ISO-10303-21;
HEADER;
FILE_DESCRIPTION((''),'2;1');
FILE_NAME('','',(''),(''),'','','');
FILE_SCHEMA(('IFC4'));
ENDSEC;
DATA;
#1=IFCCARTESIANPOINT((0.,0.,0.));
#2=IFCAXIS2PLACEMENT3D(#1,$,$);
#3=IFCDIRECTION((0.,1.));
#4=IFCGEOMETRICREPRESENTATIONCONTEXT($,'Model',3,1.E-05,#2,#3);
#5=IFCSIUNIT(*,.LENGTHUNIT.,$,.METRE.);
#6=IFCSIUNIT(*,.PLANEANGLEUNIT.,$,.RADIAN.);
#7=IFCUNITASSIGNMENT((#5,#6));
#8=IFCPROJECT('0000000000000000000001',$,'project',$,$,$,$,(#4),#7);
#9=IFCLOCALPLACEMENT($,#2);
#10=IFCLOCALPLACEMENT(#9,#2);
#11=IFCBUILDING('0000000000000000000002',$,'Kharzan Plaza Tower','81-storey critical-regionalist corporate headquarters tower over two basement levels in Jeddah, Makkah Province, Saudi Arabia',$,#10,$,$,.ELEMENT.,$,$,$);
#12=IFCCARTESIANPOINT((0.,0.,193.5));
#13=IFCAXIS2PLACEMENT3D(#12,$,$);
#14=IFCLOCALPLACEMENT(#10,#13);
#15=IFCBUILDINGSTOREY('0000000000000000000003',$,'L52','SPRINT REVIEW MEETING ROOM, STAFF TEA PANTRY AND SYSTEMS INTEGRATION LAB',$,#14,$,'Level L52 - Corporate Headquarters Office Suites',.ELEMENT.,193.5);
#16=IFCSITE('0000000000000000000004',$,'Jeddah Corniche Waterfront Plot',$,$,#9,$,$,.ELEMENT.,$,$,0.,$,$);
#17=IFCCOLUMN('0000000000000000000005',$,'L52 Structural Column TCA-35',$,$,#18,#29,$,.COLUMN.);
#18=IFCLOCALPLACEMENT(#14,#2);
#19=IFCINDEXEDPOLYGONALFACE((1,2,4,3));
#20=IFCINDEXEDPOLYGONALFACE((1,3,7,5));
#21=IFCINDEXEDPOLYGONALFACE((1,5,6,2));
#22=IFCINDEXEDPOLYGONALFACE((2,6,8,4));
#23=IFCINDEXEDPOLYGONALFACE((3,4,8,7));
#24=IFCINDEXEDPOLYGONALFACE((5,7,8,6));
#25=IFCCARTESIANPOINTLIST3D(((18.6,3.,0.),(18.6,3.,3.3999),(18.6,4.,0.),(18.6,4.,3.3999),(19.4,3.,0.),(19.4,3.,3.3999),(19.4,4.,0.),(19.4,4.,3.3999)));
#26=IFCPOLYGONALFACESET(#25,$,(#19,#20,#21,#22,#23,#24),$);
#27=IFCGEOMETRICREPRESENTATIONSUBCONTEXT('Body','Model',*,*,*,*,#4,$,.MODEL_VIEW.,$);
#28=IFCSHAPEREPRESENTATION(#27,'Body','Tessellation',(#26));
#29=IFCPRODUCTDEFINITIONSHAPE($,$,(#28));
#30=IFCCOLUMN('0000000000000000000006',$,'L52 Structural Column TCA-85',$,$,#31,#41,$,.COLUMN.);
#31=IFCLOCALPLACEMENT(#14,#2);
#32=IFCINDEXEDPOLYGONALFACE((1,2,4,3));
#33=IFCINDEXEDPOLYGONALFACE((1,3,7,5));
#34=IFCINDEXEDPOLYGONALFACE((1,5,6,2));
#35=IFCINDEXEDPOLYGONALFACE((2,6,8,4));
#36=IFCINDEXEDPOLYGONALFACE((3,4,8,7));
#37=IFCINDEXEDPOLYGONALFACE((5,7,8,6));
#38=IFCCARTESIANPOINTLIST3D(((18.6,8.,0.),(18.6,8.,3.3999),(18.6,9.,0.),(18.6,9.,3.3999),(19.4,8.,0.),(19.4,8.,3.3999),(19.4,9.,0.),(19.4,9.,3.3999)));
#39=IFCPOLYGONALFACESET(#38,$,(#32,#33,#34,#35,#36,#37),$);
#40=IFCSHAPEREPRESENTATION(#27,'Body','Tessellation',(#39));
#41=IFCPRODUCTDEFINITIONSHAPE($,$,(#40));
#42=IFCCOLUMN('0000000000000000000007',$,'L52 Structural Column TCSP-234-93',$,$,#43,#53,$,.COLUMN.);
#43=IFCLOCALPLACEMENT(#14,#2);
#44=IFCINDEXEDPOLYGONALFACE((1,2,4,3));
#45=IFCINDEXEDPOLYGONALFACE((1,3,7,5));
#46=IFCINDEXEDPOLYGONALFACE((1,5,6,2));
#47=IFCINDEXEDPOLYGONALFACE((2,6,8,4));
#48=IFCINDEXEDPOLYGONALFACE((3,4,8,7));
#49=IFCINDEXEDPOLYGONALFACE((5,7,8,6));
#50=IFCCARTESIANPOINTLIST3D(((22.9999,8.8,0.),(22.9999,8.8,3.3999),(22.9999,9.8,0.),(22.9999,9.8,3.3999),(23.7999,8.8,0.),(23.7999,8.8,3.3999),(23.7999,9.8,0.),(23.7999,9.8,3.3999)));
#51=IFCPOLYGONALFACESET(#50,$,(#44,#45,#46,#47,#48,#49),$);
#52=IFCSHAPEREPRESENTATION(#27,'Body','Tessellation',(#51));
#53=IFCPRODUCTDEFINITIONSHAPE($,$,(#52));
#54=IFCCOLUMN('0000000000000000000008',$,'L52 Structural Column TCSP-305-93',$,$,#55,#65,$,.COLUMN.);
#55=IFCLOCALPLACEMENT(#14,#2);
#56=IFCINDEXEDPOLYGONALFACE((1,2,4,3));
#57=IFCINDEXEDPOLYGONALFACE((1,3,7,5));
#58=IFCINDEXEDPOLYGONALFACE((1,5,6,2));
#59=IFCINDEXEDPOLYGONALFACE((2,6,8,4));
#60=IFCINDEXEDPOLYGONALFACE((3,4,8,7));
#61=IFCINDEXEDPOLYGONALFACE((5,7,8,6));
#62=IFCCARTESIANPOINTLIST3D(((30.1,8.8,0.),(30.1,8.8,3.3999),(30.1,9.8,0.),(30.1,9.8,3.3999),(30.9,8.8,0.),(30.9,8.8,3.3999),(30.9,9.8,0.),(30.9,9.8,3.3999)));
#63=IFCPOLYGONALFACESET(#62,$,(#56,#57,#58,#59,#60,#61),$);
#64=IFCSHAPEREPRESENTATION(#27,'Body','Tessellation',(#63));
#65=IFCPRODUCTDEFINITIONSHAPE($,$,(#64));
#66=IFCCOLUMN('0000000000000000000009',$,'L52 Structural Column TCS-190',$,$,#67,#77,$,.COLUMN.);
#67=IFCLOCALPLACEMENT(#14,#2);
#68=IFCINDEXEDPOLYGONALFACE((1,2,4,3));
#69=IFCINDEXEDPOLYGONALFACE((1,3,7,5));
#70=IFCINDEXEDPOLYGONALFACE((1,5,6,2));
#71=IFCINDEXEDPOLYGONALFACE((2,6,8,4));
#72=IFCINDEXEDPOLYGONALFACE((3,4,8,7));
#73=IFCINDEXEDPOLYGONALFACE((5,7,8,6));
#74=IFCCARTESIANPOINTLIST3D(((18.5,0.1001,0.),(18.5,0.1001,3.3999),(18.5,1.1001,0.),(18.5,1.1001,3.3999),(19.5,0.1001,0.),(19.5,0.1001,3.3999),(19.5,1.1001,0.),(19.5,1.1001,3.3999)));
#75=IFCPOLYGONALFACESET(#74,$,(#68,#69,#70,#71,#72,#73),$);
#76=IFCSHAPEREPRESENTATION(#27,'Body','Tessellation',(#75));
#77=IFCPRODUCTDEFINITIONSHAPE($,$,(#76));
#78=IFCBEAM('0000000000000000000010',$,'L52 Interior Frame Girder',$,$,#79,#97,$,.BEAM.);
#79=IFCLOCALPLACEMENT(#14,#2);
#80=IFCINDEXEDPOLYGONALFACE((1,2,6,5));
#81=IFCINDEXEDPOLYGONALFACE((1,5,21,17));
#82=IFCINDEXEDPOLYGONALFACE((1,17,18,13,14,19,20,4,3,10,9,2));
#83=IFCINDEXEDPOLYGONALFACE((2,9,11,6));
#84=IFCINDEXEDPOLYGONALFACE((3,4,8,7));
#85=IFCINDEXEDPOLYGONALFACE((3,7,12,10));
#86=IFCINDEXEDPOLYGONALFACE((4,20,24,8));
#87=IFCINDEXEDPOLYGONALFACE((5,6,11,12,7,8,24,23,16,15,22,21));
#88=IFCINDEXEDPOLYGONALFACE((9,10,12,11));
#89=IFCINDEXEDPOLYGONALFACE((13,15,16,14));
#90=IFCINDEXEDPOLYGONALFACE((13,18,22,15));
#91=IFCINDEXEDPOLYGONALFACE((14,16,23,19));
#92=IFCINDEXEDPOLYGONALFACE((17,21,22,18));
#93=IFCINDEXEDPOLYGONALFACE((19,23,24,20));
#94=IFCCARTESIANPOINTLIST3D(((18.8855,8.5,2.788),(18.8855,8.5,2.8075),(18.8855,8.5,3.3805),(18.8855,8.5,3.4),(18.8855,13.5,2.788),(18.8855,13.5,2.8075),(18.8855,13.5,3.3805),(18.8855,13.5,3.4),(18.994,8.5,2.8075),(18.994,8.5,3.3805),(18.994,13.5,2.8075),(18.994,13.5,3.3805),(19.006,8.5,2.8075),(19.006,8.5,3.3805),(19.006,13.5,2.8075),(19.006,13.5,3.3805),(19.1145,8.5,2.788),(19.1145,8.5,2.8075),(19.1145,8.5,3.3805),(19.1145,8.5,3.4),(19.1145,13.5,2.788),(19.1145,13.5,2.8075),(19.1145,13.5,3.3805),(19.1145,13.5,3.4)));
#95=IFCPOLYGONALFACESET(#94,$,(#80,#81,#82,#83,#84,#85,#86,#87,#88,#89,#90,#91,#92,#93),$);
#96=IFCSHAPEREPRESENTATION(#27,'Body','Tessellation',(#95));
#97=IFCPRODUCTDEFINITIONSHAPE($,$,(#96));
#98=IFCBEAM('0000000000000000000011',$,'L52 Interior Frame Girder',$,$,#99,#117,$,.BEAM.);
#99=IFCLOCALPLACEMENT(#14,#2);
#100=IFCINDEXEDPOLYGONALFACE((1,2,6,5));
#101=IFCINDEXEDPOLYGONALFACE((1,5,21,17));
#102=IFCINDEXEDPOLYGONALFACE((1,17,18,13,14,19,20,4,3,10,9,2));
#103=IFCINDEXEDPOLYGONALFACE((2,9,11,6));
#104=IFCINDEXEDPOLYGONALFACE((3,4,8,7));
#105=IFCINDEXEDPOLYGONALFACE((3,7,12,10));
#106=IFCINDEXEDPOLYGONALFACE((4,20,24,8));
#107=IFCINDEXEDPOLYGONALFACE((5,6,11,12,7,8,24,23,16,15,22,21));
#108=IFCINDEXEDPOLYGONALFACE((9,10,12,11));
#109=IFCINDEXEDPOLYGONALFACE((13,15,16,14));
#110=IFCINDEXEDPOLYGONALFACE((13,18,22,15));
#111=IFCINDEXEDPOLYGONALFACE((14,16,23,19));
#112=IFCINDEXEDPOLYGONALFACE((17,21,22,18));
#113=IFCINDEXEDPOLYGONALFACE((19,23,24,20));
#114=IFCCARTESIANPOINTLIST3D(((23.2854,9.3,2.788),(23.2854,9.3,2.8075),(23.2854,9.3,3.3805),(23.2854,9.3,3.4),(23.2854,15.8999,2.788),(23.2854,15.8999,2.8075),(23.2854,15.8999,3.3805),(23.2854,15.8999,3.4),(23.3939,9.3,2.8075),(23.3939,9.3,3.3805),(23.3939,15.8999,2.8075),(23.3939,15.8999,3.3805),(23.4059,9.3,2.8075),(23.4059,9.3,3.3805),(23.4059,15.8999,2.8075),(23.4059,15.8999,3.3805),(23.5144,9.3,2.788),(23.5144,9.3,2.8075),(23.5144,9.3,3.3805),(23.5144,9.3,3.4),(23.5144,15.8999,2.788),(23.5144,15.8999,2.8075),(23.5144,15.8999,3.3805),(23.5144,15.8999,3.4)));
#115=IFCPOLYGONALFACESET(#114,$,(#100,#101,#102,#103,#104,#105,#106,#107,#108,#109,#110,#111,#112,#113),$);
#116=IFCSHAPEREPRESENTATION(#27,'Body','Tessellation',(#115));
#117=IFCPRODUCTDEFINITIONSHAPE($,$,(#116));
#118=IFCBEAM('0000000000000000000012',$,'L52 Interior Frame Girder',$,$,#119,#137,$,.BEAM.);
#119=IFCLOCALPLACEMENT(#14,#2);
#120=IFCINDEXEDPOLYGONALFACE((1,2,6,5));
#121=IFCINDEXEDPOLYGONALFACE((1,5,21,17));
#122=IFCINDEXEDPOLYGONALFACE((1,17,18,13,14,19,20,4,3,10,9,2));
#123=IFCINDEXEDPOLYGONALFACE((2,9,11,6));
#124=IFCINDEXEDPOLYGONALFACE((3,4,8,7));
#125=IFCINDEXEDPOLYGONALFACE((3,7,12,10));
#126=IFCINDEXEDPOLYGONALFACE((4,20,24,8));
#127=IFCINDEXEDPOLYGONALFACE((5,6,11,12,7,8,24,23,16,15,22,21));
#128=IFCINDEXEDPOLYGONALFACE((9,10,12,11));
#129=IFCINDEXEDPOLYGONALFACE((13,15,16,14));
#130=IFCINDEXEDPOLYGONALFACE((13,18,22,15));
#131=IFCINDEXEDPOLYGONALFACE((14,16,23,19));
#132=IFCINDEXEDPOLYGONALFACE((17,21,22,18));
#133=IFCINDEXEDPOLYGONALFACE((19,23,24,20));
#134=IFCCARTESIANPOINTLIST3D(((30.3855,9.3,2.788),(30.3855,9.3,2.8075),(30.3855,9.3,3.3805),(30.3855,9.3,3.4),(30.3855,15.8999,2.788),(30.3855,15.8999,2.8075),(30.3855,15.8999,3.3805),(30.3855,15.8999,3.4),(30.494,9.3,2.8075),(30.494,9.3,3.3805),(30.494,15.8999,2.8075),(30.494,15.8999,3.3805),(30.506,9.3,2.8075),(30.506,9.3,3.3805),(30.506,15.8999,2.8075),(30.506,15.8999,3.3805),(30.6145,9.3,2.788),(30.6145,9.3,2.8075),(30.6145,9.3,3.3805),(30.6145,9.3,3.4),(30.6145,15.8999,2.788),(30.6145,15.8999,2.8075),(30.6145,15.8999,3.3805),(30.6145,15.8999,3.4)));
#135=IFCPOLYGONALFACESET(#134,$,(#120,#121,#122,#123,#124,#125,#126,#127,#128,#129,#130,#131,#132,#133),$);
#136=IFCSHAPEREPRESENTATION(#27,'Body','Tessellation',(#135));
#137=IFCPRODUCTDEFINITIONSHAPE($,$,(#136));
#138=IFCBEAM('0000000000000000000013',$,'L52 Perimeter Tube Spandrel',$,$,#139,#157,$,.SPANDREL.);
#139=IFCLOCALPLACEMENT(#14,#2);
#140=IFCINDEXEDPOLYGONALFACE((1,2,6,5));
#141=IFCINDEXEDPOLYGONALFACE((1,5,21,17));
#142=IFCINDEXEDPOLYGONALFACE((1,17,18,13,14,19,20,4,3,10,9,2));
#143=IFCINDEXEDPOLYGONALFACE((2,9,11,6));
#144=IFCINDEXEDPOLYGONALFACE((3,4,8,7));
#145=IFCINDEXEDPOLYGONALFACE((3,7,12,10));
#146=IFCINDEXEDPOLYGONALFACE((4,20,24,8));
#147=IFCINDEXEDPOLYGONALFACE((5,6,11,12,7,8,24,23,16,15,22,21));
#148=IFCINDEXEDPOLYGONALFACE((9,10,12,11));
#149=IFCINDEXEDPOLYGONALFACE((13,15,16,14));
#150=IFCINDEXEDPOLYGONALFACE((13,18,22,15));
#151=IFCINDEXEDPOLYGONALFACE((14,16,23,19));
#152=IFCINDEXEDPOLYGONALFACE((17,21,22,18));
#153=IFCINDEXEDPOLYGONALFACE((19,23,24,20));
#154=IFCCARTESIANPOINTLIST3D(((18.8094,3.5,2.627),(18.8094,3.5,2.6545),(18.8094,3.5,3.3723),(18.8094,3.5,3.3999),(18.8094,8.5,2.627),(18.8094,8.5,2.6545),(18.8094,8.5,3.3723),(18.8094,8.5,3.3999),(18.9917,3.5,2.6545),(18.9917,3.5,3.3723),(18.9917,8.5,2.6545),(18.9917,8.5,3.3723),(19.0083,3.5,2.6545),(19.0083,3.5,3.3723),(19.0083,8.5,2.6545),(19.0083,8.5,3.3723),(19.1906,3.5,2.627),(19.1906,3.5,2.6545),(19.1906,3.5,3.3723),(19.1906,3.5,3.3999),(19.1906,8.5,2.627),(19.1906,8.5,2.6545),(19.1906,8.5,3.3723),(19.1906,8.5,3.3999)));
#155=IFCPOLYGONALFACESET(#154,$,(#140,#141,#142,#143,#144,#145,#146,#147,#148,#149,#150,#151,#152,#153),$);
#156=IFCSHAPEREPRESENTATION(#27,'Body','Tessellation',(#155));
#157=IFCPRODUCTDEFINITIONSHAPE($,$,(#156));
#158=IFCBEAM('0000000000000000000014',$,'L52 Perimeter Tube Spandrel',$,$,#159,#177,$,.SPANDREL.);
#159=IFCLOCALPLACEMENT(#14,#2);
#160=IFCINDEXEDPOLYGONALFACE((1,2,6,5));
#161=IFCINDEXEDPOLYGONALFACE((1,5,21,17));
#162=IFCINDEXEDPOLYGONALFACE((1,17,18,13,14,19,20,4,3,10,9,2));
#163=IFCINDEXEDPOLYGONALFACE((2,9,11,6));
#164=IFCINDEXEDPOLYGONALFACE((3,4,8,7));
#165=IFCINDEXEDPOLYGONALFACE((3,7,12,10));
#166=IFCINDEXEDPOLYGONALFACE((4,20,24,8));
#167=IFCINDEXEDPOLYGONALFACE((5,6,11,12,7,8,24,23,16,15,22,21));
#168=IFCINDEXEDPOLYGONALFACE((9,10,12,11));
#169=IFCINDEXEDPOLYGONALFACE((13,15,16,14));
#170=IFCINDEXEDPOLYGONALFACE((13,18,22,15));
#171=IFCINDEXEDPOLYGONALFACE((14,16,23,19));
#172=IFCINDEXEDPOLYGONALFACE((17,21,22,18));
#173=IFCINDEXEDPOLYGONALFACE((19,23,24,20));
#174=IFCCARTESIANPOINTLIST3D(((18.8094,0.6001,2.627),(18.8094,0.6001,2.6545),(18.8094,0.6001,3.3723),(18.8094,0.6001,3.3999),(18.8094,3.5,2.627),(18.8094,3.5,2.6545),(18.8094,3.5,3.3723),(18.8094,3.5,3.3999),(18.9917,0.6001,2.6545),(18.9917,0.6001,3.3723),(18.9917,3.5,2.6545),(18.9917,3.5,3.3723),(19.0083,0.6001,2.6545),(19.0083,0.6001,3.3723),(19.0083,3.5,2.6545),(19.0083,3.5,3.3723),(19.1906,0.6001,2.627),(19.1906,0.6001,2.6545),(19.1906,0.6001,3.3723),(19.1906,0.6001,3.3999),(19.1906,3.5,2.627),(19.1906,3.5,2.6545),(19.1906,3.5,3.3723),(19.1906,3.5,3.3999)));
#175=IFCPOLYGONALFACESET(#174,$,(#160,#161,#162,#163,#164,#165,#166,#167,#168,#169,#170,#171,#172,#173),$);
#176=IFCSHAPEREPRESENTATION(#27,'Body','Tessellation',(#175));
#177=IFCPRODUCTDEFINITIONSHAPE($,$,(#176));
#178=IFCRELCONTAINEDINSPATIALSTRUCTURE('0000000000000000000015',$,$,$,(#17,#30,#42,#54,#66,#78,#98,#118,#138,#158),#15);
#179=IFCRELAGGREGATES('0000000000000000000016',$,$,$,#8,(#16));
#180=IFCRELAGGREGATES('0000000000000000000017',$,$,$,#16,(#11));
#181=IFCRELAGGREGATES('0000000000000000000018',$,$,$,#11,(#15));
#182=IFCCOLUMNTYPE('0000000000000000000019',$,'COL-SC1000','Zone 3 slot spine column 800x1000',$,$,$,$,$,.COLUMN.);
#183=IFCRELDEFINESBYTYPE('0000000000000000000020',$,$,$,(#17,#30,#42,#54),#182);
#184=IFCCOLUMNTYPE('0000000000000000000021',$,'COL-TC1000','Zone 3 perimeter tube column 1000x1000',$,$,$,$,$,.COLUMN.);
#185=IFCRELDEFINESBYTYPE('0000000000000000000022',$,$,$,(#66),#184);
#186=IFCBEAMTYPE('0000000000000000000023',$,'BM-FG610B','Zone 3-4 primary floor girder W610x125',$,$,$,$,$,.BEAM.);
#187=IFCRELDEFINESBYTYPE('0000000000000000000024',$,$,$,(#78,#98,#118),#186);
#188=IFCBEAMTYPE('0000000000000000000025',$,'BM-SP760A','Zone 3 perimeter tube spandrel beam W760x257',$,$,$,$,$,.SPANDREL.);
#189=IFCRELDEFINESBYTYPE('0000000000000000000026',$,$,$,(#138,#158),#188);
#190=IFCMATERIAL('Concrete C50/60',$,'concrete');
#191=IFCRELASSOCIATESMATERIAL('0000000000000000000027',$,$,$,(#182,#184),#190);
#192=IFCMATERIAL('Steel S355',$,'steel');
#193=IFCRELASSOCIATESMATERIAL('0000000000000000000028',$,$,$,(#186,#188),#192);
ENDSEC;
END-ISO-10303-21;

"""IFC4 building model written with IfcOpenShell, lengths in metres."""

from ifc_helpers import new_model, si_unit, direction, frame, origin, origin_2d, place, context, subcontext, project, spatial, rectangle, i_section, extrude, source, transform, mapped, material, material_profile, profile_set, type_object, element, save


model = new_model("IFC4")

# Units and contexts
model_context = context("Model", 3, precision=1e-05, world=origin(), true_north=direction((0.0, 1.0)))
body_context = subcontext(model_context, "Body", "Model", "MODEL_VIEW")
ifc_project = project(units=[si_unit("LENGTHUNIT", "METRE"), si_unit("PLANEANGLEUNIT", "RADIAN")], contexts=[model_context])

# Site, building, storey
site_placement = place(None, origin())
site = spatial("IfcSite", under=ifc_project, at=site_placement, Name="Jeddah Corniche Waterfront Plot", CompositionType="ELEMENT", RefElevation=0.0)
building_placement = place(site_placement, origin())
building = spatial("IfcBuilding", under=site, at=building_placement, Name="Kharzan Plaza Tower", Description="81-storey critical-regionalist corporate headquarters tower over two basement levels in Jeddah, Makkah Province, Saudi Arabia", CompositionType="ELEMENT")
storey_placement = place(building_placement, frame((0.0, 0.0, 193.5)))
storey = spatial("IfcBuildingStorey", under=building, at=storey_placement, Name="L52", Description="SPRINT REVIEW MEETING ROOM, STAFF TEA PANTRY AND SYSTEMS INTEGRATION LAB", LongName="Level L52 - Corporate Headquarters Office Suites", CompositionType="ELEMENT", Elevation=193.5)

# Columns
ifc_material_1 = material(Name="Concrete C50/60", Category="concrete")
ifc_material_profile_1 = material_profile(ifc_material_1, rectangle(XDim=0.8, YDim=1.0, at=origin_2d()), Name="RC-SC1000x800")
ifc_profile_set_1 = profile_set([ifc_material_profile_1], Name="Concrete C50/60")
column_type_1 = type_object("IfcColumnType", Name="COL-SC1000", Description="Zone 3 slot spine column 800x1000", PredefinedType="COLUMN", material=ifc_profile_set_1)
shared_shape_1 = source(origin(), body_context, "Body", "SweptSolid", [
    extrude(rectangle(XDim=0.8, YDim=1.0, at=origin_2d()), origin(), (0.0, 0.0, 1.0), 3.3999),
])
for number, where, z_axis, x_axis, name in (
    (1, (19.0, 3.5, 0.0), (0.0, 0.0, 1.0), (1.0, 0.0, 0.0), "L52 Structural Column TCA-35"),
    (2, (19.0, 8.5, 0.0), (0.0, 0.0, 1.0), (1.0, 0.0, 0.0), "L52 Structural Column TCA-85"),
    (3, (23.3999, 9.3, 0.0), (0.0, 0.0, 1.0), (1.0, 0.0, 0.0), "L52 Structural Column TCSP-234-93"),
    (4, (30.5, 9.3, 0.0), (0.0, 0.0, 1.0), (1.0, 0.0, 0.0), "L52 Structural Column TCSP-305-93"),
):
    element("IfcColumn", number, at=place(storey_placement, frame(where, z_axis=z_axis, x_axis=x_axis)), inside=storey, type_object=column_type_1, Name=name, PredefinedType="COLUMN", context=body_context, shape_type="MappedRepresentation", body=[
        mapped(shared_shape_1, transform((0.0, 0.0, 0.0), x_axis=(1.0, 0.0, 0.0), y_axis=(0.0, 1.0, 0.0), z_axis=(0.0, 0.0, 1.0))),
    ])
ifc_material_profile_2 = material_profile(ifc_material_1, rectangle(XDim=1.0, YDim=1.0, at=origin_2d()), Name="RC-TC1000x1000")
ifc_profile_set_2 = profile_set([ifc_material_profile_2], Name="Concrete C50/60")
column_type_2 = type_object("IfcColumnType", Name="COL-TC1000", Description="Zone 3 perimeter tube column 1000x1000", PredefinedType="COLUMN", material=ifc_profile_set_2)
shared_shape_2 = source(origin(), body_context, "Body", "SweptSolid", [
    extrude(rectangle(XDim=1.0, YDim=1.0, at=origin_2d()), origin(), (0.0, 0.0, 1.0), 3.3999),
])
column_placement = place(storey_placement, frame((19.0, 0.6001, 0.0), z_axis=(0.0, 0.0, 1.0), x_axis=(1.0, 0.0, 0.0)))
element("IfcColumn", 5, at=column_placement, inside=storey, type_object=column_type_2, Name="L52 Structural Column TCS-190", PredefinedType="COLUMN", context=body_context, shape_type="MappedRepresentation", body=[
    mapped(shared_shape_2, transform((0.0, 0.0, 0.0), x_axis=(1.0, 0.0, 0.0), y_axis=(0.0, 1.0, 0.0), z_axis=(0.0, 0.0, 1.0))),
])

# Beams
ifc_material_2 = material(Name="Steel S355", Category="steel")
ifc_material_profile_3 = material_profile(ifc_material_2, i_section(OverallWidth=0.229, OverallDepth=0.6121, WebThickness=0.012, FlangeThickness=0.0195, at=origin_2d()), Name="W610x125")
ifc_profile_set_3 = profile_set([ifc_material_profile_3], Name="Steel S355")
beam_type_1 = type_object("IfcBeamType", Name="BM-FG610B", Description="Zone 3-4 primary floor girder W610x125", PredefinedType="BEAM", material=ifc_profile_set_3)
shared_shape_3 = source(origin(), body_context, "Body", "SweptSolid", [
    extrude(i_section(OverallWidth=0.229, OverallDepth=0.6121, WebThickness=0.012, FlangeThickness=0.0195, at=origin_2d()), origin(), (0.0, 0.0, 1.0), 5.0),
])
beam_1_placement = place(storey_placement, frame((19.0, 8.5, 3.094), z_axis=(0.0, 1.0, 0.0), x_axis=(-1.0, 0.0, 0.0)))
element("IfcBeam", 6, at=beam_1_placement, inside=storey, type_object=beam_type_1, Name="L52 Interior Frame Girder", PredefinedType="BEAM", context=body_context, shape_type="MappedRepresentation", body=[
    mapped(shared_shape_3, transform((0.0, 0.0, 0.0), x_axis=(1.0, 0.0, 0.0), y_axis=(0.0, 1.0, 0.0), z_axis=(0.0, 0.0, 1.0))),
])
shared_shape_4 = source(origin(), body_context, "Body", "SweptSolid", [
    extrude(i_section(OverallWidth=0.229, OverallDepth=0.6121, WebThickness=0.012, FlangeThickness=0.0195, at=origin_2d()), origin(), (0.0, 0.0, 1.0), 6.5999),
])
for number, where, z_axis, x_axis, name in (
    (7, (23.3999, 9.3, 3.094), (0.0, 1.0, 0.0), (-1.0, 0.0, 0.0), "L52 Interior Frame Girder"),
    (8, (30.5, 9.3, 3.094), (0.0, 1.0, 0.0), (-1.0, 0.0, 0.0), "L52 Interior Frame Girder"),
):
    element("IfcBeam", number, at=place(storey_placement, frame(where, z_axis=z_axis, x_axis=x_axis)), inside=storey, type_object=beam_type_1, Name=name, PredefinedType="BEAM", context=body_context, shape_type="MappedRepresentation", body=[
        mapped(shared_shape_4, transform((0.0, 0.0, 0.0), x_axis=(1.0, 0.0, 0.0), y_axis=(0.0, 1.0, 0.0), z_axis=(0.0, 0.0, 1.0))),
    ])
ifc_material_profile_4 = material_profile(ifc_material_2, i_section(OverallWidth=0.3811, OverallDepth=0.7729, WebThickness=0.0166, FlangeThickness=0.0276, at=origin_2d()), Name="W760x257")
ifc_profile_set_4 = profile_set([ifc_material_profile_4], Name="Steel S355")
beam_type_2 = type_object("IfcBeamType", Name="BM-SP760A", Description="Zone 3 perimeter tube spandrel beam W760x257", PredefinedType="SPANDREL", material=ifc_profile_set_4)
shared_shape_5 = source(origin(), body_context, "Body", "SweptSolid", [
    extrude(i_section(OverallWidth=0.3811, OverallDepth=0.7729, WebThickness=0.0166, FlangeThickness=0.0276, at=origin_2d()), origin(), (0.0, 0.0, 1.0), 5.0),
])
beam_2_placement = place(storey_placement, frame((19.0, 3.5, 3.0134), z_axis=(0.0, 1.0, 0.0), x_axis=(-1.0, 0.0, 0.0)))
element("IfcBeam", 9, at=beam_2_placement, inside=storey, type_object=beam_type_2, Name="L52 Perimeter Tube Spandrel", PredefinedType="SPANDREL", context=body_context, shape_type="MappedRepresentation", body=[
    mapped(shared_shape_5, transform((0.0, 0.0, 0.0), x_axis=(1.0, 0.0, 0.0), y_axis=(0.0, 1.0, 0.0), z_axis=(0.0, 0.0, 1.0))),
])
shared_shape_6 = source(origin(), body_context, "Body", "SweptSolid", [
    extrude(i_section(OverallWidth=0.3811, OverallDepth=0.7729, WebThickness=0.0166, FlangeThickness=0.0276, at=origin_2d()), origin(), (0.0, 0.0, 1.0), 2.8999),
])
beam_3_placement = place(storey_placement, frame((19.0, 0.6001, 3.0134), z_axis=(0.0, 1.0, 0.0), x_axis=(-1.0, 0.0, 0.0)))
element("IfcBeam", 10, at=beam_3_placement, inside=storey, type_object=beam_type_2, Name="L52 Perimeter Tube Spandrel", PredefinedType="SPANDREL", context=body_context, shape_type="MappedRepresentation", body=[
    mapped(shared_shape_6, transform((0.0, 0.0, 0.0), x_axis=(1.0, 0.0, 0.0), y_axis=(0.0, 1.0, 0.0), z_axis=(0.0, 0.0, 1.0))),
])

save(model, "model.ifc")
